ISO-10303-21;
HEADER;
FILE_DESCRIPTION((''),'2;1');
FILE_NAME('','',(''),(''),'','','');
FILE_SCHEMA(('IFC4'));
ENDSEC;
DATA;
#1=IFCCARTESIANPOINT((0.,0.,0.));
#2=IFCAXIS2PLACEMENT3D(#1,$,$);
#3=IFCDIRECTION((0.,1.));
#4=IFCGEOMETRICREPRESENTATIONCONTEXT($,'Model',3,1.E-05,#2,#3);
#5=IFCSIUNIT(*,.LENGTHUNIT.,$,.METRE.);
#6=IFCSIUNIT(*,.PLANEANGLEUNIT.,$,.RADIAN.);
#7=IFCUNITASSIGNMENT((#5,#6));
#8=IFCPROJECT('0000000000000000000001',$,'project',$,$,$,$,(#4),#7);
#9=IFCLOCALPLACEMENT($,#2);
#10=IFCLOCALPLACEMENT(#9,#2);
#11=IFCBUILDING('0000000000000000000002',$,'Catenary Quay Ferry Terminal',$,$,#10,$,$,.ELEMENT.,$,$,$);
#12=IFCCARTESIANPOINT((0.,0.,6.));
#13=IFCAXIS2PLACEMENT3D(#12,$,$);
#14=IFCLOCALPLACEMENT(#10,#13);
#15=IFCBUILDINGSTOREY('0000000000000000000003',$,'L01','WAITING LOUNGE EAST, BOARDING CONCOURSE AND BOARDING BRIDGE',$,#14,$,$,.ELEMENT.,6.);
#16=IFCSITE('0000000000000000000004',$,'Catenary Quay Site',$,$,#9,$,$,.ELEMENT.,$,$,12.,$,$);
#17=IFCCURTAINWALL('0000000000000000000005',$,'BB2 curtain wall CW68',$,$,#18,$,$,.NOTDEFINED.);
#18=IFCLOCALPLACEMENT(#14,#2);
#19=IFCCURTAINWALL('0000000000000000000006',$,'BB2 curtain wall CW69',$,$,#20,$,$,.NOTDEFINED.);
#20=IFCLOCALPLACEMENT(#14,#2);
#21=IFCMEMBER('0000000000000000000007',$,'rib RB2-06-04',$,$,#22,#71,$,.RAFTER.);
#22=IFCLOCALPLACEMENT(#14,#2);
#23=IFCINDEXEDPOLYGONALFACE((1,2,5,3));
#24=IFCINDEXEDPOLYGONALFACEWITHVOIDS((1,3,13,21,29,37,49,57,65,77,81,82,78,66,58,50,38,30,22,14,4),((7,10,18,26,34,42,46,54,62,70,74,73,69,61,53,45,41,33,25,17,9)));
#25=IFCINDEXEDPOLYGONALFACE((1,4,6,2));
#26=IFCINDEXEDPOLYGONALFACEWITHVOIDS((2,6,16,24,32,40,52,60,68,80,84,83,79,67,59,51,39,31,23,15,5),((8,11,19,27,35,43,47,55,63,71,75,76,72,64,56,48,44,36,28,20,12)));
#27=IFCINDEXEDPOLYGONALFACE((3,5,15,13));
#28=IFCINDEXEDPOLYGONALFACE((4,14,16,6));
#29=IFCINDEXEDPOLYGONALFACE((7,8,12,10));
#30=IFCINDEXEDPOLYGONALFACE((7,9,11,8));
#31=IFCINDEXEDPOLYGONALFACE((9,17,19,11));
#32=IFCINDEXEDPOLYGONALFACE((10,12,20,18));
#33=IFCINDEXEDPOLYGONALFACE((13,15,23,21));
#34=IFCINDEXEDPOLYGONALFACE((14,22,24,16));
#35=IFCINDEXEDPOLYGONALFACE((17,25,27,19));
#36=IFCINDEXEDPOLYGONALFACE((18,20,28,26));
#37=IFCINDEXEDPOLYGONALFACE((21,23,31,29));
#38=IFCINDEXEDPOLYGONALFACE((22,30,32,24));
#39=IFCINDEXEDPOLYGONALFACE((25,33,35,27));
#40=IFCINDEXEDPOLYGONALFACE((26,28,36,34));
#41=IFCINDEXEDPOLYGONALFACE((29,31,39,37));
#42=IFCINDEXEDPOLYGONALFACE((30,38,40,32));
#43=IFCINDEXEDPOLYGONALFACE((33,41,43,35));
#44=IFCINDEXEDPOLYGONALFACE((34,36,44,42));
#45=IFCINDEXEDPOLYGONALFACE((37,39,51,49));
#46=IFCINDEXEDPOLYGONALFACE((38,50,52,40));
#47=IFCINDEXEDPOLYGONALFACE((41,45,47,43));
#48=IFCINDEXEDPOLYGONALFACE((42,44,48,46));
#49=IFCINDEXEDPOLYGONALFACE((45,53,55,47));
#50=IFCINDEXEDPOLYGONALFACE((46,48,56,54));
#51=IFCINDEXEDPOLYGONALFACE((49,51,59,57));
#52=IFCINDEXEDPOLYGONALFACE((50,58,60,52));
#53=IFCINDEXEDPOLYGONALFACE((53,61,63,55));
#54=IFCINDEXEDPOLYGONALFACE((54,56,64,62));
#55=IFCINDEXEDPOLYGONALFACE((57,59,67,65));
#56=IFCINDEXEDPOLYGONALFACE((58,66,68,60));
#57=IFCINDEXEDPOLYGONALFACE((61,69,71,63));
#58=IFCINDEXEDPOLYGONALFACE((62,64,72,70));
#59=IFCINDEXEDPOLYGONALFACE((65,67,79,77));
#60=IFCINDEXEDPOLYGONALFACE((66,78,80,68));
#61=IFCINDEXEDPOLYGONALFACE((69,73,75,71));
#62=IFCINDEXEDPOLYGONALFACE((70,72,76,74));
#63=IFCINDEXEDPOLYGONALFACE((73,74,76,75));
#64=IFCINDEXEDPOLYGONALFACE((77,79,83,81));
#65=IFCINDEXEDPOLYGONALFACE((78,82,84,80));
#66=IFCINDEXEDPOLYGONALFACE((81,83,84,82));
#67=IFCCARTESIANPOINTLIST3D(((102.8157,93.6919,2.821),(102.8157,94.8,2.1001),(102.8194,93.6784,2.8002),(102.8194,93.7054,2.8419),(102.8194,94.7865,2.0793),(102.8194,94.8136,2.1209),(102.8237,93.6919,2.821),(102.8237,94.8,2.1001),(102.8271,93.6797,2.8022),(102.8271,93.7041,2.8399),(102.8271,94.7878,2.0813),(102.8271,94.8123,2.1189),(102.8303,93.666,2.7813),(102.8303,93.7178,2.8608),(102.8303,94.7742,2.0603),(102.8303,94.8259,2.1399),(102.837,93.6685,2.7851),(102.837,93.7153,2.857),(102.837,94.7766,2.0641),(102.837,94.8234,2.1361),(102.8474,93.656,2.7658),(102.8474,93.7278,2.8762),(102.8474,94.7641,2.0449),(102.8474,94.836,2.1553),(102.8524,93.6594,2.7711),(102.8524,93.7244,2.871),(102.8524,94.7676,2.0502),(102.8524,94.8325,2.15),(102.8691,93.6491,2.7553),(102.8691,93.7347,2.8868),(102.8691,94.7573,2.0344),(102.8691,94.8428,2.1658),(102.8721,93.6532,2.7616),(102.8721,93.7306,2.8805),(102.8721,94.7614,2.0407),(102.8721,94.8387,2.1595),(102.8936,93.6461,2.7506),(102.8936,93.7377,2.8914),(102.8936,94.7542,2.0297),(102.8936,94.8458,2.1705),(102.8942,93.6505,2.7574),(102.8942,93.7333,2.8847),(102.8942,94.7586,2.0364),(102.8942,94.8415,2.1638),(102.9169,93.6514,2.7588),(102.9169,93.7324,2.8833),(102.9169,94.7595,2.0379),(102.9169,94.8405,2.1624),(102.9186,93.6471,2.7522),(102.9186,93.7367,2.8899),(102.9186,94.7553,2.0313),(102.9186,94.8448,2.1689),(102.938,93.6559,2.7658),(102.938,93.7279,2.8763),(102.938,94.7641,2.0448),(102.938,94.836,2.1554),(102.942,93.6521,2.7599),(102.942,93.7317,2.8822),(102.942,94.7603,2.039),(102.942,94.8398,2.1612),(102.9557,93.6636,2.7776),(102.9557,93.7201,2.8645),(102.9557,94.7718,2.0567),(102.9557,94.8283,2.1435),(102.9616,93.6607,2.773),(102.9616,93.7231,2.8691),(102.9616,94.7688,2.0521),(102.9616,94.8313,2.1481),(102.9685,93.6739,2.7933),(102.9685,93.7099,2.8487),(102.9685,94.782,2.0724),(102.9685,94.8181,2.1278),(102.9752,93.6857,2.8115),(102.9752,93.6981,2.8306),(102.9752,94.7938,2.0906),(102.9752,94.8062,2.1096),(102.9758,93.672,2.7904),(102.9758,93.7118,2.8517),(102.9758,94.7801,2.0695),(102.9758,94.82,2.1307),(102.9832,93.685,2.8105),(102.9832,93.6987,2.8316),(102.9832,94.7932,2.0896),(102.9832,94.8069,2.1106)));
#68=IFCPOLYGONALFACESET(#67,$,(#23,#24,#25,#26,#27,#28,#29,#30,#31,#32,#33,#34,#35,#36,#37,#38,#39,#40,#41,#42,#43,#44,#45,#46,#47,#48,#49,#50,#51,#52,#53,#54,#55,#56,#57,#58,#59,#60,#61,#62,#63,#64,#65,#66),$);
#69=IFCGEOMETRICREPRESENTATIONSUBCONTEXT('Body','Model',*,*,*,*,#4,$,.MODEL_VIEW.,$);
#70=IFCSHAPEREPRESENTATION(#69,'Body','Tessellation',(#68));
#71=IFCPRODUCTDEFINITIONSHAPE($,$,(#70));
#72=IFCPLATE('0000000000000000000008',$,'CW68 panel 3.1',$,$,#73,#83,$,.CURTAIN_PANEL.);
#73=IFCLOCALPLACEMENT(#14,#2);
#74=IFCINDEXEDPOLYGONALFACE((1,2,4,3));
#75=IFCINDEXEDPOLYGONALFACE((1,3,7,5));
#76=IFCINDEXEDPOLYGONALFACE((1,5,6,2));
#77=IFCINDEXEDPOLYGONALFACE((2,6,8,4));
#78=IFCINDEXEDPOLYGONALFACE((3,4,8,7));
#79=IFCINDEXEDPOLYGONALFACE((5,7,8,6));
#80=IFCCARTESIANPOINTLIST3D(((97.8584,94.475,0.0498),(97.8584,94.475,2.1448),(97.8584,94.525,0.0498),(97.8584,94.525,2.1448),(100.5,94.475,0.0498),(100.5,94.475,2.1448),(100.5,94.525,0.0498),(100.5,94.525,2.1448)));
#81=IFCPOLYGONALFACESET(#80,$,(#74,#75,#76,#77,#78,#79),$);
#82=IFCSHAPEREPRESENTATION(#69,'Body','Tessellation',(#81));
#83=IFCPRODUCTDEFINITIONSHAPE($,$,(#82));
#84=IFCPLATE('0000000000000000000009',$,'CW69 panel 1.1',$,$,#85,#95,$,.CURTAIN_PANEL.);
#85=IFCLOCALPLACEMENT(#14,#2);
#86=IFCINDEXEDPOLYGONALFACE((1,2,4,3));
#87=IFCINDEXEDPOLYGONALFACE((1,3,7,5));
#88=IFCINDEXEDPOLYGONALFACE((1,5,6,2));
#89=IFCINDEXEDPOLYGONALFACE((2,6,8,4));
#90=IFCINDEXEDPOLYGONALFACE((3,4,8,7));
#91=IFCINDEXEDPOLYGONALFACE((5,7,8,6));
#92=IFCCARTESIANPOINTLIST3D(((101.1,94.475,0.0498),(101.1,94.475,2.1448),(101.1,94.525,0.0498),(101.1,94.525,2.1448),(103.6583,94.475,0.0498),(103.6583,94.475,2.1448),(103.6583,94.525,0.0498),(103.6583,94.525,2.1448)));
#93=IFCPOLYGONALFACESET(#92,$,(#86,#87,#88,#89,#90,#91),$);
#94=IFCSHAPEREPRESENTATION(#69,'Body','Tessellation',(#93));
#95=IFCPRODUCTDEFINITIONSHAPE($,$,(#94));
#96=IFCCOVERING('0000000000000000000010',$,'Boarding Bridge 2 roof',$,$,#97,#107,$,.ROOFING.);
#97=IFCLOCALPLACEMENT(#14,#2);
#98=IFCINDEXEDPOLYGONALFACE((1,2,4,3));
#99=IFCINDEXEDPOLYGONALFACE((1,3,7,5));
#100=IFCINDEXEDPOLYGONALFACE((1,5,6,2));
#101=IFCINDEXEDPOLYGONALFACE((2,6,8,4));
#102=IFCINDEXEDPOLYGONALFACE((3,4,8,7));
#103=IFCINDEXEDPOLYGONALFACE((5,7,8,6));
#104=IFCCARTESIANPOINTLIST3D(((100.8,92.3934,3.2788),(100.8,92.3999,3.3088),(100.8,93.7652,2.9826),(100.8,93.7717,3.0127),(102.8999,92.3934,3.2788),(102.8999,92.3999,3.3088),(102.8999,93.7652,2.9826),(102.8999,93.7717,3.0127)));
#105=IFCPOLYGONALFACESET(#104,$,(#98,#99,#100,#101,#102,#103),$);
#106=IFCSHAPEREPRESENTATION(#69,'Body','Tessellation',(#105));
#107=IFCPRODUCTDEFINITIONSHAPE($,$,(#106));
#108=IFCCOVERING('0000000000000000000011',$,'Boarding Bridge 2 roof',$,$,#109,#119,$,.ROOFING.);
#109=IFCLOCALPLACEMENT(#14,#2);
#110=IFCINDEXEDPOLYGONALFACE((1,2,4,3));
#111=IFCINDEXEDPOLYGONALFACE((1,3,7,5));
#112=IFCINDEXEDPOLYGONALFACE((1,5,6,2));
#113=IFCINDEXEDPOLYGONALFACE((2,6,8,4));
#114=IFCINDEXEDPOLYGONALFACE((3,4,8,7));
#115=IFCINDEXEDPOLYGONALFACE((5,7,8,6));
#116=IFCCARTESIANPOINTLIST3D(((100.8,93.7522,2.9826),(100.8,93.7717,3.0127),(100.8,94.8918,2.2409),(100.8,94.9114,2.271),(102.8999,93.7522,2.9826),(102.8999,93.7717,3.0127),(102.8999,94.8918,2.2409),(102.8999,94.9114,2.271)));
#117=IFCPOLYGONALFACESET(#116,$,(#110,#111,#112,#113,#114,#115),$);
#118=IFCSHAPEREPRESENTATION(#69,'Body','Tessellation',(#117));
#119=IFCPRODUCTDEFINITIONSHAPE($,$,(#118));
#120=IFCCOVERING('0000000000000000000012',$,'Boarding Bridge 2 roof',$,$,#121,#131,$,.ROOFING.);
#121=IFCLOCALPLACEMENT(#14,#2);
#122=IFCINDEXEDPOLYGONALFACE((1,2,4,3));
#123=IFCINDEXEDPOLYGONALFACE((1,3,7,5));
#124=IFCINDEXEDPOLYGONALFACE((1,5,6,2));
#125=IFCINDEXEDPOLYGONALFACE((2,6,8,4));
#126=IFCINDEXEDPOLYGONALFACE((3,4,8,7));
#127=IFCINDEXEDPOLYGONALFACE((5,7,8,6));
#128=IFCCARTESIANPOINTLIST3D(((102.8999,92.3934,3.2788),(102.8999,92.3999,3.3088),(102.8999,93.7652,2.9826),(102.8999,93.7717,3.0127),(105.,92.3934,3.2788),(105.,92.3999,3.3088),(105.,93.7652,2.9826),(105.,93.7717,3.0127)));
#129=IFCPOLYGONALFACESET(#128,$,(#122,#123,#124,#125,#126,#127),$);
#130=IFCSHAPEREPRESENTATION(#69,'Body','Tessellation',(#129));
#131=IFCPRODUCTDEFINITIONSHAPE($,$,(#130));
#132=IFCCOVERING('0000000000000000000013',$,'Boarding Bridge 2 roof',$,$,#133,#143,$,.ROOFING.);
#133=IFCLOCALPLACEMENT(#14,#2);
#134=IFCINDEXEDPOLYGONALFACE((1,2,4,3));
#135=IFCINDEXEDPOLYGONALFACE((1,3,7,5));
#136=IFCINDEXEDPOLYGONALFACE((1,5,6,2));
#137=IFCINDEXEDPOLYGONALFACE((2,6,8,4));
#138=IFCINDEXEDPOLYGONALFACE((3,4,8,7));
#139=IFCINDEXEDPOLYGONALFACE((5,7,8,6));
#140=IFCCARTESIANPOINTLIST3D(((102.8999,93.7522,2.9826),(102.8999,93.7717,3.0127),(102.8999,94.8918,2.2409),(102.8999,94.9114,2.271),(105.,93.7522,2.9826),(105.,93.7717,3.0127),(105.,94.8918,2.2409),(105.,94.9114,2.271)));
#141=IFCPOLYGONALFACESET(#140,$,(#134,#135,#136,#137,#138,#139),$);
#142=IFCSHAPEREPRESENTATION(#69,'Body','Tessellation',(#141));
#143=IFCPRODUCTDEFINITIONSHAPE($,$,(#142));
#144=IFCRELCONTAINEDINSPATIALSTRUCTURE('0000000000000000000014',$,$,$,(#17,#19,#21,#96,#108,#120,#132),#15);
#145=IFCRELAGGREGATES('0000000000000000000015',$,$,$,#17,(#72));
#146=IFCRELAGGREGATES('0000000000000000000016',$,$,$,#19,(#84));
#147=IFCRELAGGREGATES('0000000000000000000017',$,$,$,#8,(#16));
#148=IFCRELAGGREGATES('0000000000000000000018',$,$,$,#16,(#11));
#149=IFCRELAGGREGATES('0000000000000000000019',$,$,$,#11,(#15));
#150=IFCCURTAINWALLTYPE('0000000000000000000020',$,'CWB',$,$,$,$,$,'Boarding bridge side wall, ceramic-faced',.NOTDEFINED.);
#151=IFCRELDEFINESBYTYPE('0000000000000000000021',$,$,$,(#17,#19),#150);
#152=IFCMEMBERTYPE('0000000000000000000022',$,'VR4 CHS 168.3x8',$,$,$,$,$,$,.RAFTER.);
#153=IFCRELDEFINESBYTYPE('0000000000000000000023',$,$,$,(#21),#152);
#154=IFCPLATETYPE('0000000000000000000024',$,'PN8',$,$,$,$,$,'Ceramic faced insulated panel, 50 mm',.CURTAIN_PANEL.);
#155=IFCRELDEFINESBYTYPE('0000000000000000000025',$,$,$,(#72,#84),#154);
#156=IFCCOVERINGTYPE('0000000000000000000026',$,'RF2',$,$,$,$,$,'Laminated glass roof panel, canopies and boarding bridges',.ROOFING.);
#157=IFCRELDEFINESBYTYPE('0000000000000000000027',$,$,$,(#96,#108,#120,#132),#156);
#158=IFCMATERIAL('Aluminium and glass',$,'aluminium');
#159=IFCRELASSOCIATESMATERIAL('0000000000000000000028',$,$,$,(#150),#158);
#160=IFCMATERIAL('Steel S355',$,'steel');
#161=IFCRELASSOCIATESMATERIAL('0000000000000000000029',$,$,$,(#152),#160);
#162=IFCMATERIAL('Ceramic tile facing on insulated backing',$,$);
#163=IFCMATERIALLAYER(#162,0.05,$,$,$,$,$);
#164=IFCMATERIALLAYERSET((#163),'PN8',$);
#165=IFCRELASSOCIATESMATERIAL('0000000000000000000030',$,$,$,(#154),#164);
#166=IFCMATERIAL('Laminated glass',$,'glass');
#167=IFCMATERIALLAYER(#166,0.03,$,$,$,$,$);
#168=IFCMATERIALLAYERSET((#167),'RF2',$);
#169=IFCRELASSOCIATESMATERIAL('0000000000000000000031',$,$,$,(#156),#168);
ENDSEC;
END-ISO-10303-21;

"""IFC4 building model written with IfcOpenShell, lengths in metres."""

from ifc_helpers import new_model, si_unit, direction, frame, origin, origin_2d, place, context, subcontext, project, spatial, polyline, rectangle, hollow_circle, outline, extrude, material, layer, layer_set, material_profile, profile_set, type_object, element, aggregate, save


model = new_model("IFC4")

# Units and contexts
model_context = context("Model", 3, precision=1e-05, world=origin(), true_north=direction((0.0, 1.0)))
body_context = subcontext(model_context, "Body", "Model", "MODEL_VIEW")
ifc_project = project(units=[si_unit("LENGTHUNIT", "METRE"), si_unit("PLANEANGLEUNIT", "RADIAN")], contexts=[model_context])

# Site, building, storey
site_placement = place(None, origin())
site = spatial("IfcSite", under=ifc_project, at=site_placement, Name="Catenary Quay Site", CompositionType="ELEMENT", RefElevation=12.0)
building_placement = place(site_placement, origin())
building = spatial("IfcBuilding", under=site, at=building_placement, Name="Catenary Quay Ferry Terminal", CompositionType="ELEMENT")
storey_placement = place(building_placement, frame((0.0, 0.0, 6.0)))
storey = spatial("IfcBuildingStorey", under=building, at=storey_placement, Name="L01", Description="WAITING LOUNGE EAST, BOARDING CONCOURSE AND BOARDING BRIDGE", CompositionType="ELEMENT", Elevation=6.0)

# Curtain wall
ifc_material_1 = material(Name="Aluminium and glass", Category="aluminium")
curtain_wall_type = type_object("IfcCurtainWallType", Name="CWB", ElementType="Boarding bridge side wall, ceramic-faced", PredefinedType="NOTDEFINED", material=ifc_material_1)
curtain_wall_1_placement = place(storey_placement, origin())
curtain_wall_1 = element("IfcCurtainWall", 1, at=curtain_wall_1_placement, inside=storey, type_object=curtain_wall_type, Name="BB2 curtain wall CW68", PredefinedType="NOTDEFINED")

# Curtain wall
curtain_wall_2_placement = place(storey_placement, origin())
curtain_wall_2 = element("IfcCurtainWall", 2, at=curtain_wall_2_placement, inside=storey, type_object=curtain_wall_type, Name="BB2 curtain wall CW69", PredefinedType="NOTDEFINED")

# Member
ifc_material_2 = material(Name="Steel S355", Category="steel")
ifc_material_profile_1 = material_profile(ifc_material_2, hollow_circle(Radius=0.0842, WallThickness=0.0081, at=origin_2d()), Name="CHS 168.3x8")
ifc_profile_set_1 = profile_set([ifc_material_profile_1], Name="Steel S355")
member_type_1 = type_object("IfcMemberType", Name="VR4 CHS 168.3x8", PredefinedType="RAFTER", material=ifc_profile_set_1)
for number, where, z_axis, x_axis, name in (
    (3, (102.8999, 93.6919, 2.821), (0.0, 0.83822, -0.545332), (-1.0, 0.0, 0.0), "rib RB2-06-04"),
):
    element("IfcMember", number, at=place(storey_placement, frame(where, z_axis=z_axis, x_axis=x_axis)), inside=storey, type_object=member_type_1, Name=name, PredefinedType="RAFTER", context=body_context, shape_type="SweptSolid", body=[
        extrude(hollow_circle(Radius=0.0842, WallThickness=0.0081, at=origin_2d()), origin(), (0.0, 0.0, 1.0), 1.322),
    ])

# Plates
ifc_material_3 = material(Name="Ceramic tile facing on insulated backing")
ifc_layer_1 = layer(ifc_material_3, 0.05)
ifc_layer_set_1 = layer_set([ifc_layer_1], Name="PN8")
plate_type = type_object("IfcPlateType", Name="PN8", ElementType="Ceramic faced insulated panel, 50 mm", PredefinedType="CURTAIN_PANEL", material=ifc_layer_set_1)
plate_1_placement = place(storey_placement, frame((99.1792, 94.5, 0.0498), z_axis=(0.0, 0.0, 1.0), x_axis=(1.0, 0.0, 0.0)))
plate_1 = element("IfcPlate", 4, at=plate_1_placement, type_object=plate_type, Name="CW68 panel 3.1", PredefinedType="CURTAIN_PANEL", context=body_context, shape_type="SweptSolid", body=[
    extrude(rectangle(XDim=2.6416, YDim=0.05, at=origin_2d()), origin(), (0.0, 0.0, 1.0), 2.095),
])
aggregate(curtain_wall_1, [plate_1])
plate_2_placement = place(storey_placement, frame((102.3792, 94.5, 0.0498), z_axis=(0.0, 0.0, 1.0), x_axis=(1.0, 0.0, 0.0)))
plate_2 = element("IfcPlate", 5, at=plate_2_placement, type_object=plate_type, Name="CW69 panel 1.1", PredefinedType="CURTAIN_PANEL", context=body_context, shape_type="SweptSolid", body=[
    extrude(rectangle(XDim=2.5583, YDim=0.05, at=origin_2d()), origin(), (0.0, 0.0, 1.0), 2.095),
])
aggregate(curtain_wall_2, [plate_2])

# Coverings
ifc_material_4 = material(Name="Laminated glass", Category="glass")
ifc_layer_2 = layer(ifc_material_4, 0.03)
ifc_layer_set_2 = layer_set([ifc_layer_2], Name="RF2")
covering_type = type_object("IfcCoveringType", Name="RF2", ElementType="Laminated glass roof panel, canopies and boarding bridges", PredefinedType="ROOFING", material=ifc_layer_set_2)
covering_1_placement = place(storey_placement, frame((100.8, 92.3999, 3.3088), z_axis=(0.0, 0.211014, 0.977483), x_axis=(1.0, 0.0, 0.0)))
element("IfcCovering", 6, at=covering_1_placement, inside=storey, type_object=covering_type, Name="Boarding Bridge 2 roof", PredefinedType="ROOFING", context=body_context, shape_type="SweptSolid", body=[
    extrude(outline(polyline([(0.0, 0.0), (2.0999, 0.0), (2.0999, 1.4034), (0.0, 1.4034), (0.0, 0.0)])), origin(), (0.0, 0.0, -1.0), 0.0308),
])
covering_2_placement = place(storey_placement, frame((100.8, 93.7717, 3.0127), z_axis=(0.0, 0.545468, 0.838132), x_axis=(1.0, 0.0, 0.0)))
element("IfcCovering", 7, at=covering_2_placement, inside=storey, type_object=covering_type, Name="Boarding Bridge 2 roof", PredefinedType="ROOFING", context=body_context, shape_type="SweptSolid", body=[
    extrude(outline(polyline([(0.0, 0.0), (2.0999, 0.0), (2.0999, 1.3597), (0.0, 1.3597), (0.0, 0.0)])), origin(), (0.0, 0.0, -1.0), 0.0359),
])
covering_3_placement = place(storey_placement, frame((102.8999, 92.3999, 3.3088), z_axis=(0.0, 0.211014, 0.977483), x_axis=(1.0, 0.0, 0.0)))
element("IfcCovering", 8, at=covering_3_placement, inside=storey, type_object=covering_type, Name="Boarding Bridge 2 roof", PredefinedType="ROOFING", context=body_context, shape_type="SweptSolid", body=[
    extrude(outline(polyline([(0.0, 0.0), (2.1001, 0.0), (2.1001, 1.4034), (0.0, 1.4034), (0.0, 0.0)])), origin(), (0.0, 0.0, -1.0), 0.0308),
])
covering_4_placement = place(storey_placement, frame((102.8999, 93.7717, 3.0127), z_axis=(0.0, 0.545468, 0.838132), x_axis=(1.0, 0.0, 0.0)))
element("IfcCovering", 9, at=covering_4_placement, inside=storey, type_object=covering_type, Name="Boarding Bridge 2 roof", PredefinedType="ROOFING", context=body_context, shape_type="SweptSolid", body=[
    extrude(outline(polyline([(0.0, 0.0), (2.1001, 0.0), (2.1001, 1.3597), (0.0, 1.3597), (0.0, 0.0)])), origin(), (0.0, 0.0, -1.0), 0.0359),
])

save(model, "model.ifc")
